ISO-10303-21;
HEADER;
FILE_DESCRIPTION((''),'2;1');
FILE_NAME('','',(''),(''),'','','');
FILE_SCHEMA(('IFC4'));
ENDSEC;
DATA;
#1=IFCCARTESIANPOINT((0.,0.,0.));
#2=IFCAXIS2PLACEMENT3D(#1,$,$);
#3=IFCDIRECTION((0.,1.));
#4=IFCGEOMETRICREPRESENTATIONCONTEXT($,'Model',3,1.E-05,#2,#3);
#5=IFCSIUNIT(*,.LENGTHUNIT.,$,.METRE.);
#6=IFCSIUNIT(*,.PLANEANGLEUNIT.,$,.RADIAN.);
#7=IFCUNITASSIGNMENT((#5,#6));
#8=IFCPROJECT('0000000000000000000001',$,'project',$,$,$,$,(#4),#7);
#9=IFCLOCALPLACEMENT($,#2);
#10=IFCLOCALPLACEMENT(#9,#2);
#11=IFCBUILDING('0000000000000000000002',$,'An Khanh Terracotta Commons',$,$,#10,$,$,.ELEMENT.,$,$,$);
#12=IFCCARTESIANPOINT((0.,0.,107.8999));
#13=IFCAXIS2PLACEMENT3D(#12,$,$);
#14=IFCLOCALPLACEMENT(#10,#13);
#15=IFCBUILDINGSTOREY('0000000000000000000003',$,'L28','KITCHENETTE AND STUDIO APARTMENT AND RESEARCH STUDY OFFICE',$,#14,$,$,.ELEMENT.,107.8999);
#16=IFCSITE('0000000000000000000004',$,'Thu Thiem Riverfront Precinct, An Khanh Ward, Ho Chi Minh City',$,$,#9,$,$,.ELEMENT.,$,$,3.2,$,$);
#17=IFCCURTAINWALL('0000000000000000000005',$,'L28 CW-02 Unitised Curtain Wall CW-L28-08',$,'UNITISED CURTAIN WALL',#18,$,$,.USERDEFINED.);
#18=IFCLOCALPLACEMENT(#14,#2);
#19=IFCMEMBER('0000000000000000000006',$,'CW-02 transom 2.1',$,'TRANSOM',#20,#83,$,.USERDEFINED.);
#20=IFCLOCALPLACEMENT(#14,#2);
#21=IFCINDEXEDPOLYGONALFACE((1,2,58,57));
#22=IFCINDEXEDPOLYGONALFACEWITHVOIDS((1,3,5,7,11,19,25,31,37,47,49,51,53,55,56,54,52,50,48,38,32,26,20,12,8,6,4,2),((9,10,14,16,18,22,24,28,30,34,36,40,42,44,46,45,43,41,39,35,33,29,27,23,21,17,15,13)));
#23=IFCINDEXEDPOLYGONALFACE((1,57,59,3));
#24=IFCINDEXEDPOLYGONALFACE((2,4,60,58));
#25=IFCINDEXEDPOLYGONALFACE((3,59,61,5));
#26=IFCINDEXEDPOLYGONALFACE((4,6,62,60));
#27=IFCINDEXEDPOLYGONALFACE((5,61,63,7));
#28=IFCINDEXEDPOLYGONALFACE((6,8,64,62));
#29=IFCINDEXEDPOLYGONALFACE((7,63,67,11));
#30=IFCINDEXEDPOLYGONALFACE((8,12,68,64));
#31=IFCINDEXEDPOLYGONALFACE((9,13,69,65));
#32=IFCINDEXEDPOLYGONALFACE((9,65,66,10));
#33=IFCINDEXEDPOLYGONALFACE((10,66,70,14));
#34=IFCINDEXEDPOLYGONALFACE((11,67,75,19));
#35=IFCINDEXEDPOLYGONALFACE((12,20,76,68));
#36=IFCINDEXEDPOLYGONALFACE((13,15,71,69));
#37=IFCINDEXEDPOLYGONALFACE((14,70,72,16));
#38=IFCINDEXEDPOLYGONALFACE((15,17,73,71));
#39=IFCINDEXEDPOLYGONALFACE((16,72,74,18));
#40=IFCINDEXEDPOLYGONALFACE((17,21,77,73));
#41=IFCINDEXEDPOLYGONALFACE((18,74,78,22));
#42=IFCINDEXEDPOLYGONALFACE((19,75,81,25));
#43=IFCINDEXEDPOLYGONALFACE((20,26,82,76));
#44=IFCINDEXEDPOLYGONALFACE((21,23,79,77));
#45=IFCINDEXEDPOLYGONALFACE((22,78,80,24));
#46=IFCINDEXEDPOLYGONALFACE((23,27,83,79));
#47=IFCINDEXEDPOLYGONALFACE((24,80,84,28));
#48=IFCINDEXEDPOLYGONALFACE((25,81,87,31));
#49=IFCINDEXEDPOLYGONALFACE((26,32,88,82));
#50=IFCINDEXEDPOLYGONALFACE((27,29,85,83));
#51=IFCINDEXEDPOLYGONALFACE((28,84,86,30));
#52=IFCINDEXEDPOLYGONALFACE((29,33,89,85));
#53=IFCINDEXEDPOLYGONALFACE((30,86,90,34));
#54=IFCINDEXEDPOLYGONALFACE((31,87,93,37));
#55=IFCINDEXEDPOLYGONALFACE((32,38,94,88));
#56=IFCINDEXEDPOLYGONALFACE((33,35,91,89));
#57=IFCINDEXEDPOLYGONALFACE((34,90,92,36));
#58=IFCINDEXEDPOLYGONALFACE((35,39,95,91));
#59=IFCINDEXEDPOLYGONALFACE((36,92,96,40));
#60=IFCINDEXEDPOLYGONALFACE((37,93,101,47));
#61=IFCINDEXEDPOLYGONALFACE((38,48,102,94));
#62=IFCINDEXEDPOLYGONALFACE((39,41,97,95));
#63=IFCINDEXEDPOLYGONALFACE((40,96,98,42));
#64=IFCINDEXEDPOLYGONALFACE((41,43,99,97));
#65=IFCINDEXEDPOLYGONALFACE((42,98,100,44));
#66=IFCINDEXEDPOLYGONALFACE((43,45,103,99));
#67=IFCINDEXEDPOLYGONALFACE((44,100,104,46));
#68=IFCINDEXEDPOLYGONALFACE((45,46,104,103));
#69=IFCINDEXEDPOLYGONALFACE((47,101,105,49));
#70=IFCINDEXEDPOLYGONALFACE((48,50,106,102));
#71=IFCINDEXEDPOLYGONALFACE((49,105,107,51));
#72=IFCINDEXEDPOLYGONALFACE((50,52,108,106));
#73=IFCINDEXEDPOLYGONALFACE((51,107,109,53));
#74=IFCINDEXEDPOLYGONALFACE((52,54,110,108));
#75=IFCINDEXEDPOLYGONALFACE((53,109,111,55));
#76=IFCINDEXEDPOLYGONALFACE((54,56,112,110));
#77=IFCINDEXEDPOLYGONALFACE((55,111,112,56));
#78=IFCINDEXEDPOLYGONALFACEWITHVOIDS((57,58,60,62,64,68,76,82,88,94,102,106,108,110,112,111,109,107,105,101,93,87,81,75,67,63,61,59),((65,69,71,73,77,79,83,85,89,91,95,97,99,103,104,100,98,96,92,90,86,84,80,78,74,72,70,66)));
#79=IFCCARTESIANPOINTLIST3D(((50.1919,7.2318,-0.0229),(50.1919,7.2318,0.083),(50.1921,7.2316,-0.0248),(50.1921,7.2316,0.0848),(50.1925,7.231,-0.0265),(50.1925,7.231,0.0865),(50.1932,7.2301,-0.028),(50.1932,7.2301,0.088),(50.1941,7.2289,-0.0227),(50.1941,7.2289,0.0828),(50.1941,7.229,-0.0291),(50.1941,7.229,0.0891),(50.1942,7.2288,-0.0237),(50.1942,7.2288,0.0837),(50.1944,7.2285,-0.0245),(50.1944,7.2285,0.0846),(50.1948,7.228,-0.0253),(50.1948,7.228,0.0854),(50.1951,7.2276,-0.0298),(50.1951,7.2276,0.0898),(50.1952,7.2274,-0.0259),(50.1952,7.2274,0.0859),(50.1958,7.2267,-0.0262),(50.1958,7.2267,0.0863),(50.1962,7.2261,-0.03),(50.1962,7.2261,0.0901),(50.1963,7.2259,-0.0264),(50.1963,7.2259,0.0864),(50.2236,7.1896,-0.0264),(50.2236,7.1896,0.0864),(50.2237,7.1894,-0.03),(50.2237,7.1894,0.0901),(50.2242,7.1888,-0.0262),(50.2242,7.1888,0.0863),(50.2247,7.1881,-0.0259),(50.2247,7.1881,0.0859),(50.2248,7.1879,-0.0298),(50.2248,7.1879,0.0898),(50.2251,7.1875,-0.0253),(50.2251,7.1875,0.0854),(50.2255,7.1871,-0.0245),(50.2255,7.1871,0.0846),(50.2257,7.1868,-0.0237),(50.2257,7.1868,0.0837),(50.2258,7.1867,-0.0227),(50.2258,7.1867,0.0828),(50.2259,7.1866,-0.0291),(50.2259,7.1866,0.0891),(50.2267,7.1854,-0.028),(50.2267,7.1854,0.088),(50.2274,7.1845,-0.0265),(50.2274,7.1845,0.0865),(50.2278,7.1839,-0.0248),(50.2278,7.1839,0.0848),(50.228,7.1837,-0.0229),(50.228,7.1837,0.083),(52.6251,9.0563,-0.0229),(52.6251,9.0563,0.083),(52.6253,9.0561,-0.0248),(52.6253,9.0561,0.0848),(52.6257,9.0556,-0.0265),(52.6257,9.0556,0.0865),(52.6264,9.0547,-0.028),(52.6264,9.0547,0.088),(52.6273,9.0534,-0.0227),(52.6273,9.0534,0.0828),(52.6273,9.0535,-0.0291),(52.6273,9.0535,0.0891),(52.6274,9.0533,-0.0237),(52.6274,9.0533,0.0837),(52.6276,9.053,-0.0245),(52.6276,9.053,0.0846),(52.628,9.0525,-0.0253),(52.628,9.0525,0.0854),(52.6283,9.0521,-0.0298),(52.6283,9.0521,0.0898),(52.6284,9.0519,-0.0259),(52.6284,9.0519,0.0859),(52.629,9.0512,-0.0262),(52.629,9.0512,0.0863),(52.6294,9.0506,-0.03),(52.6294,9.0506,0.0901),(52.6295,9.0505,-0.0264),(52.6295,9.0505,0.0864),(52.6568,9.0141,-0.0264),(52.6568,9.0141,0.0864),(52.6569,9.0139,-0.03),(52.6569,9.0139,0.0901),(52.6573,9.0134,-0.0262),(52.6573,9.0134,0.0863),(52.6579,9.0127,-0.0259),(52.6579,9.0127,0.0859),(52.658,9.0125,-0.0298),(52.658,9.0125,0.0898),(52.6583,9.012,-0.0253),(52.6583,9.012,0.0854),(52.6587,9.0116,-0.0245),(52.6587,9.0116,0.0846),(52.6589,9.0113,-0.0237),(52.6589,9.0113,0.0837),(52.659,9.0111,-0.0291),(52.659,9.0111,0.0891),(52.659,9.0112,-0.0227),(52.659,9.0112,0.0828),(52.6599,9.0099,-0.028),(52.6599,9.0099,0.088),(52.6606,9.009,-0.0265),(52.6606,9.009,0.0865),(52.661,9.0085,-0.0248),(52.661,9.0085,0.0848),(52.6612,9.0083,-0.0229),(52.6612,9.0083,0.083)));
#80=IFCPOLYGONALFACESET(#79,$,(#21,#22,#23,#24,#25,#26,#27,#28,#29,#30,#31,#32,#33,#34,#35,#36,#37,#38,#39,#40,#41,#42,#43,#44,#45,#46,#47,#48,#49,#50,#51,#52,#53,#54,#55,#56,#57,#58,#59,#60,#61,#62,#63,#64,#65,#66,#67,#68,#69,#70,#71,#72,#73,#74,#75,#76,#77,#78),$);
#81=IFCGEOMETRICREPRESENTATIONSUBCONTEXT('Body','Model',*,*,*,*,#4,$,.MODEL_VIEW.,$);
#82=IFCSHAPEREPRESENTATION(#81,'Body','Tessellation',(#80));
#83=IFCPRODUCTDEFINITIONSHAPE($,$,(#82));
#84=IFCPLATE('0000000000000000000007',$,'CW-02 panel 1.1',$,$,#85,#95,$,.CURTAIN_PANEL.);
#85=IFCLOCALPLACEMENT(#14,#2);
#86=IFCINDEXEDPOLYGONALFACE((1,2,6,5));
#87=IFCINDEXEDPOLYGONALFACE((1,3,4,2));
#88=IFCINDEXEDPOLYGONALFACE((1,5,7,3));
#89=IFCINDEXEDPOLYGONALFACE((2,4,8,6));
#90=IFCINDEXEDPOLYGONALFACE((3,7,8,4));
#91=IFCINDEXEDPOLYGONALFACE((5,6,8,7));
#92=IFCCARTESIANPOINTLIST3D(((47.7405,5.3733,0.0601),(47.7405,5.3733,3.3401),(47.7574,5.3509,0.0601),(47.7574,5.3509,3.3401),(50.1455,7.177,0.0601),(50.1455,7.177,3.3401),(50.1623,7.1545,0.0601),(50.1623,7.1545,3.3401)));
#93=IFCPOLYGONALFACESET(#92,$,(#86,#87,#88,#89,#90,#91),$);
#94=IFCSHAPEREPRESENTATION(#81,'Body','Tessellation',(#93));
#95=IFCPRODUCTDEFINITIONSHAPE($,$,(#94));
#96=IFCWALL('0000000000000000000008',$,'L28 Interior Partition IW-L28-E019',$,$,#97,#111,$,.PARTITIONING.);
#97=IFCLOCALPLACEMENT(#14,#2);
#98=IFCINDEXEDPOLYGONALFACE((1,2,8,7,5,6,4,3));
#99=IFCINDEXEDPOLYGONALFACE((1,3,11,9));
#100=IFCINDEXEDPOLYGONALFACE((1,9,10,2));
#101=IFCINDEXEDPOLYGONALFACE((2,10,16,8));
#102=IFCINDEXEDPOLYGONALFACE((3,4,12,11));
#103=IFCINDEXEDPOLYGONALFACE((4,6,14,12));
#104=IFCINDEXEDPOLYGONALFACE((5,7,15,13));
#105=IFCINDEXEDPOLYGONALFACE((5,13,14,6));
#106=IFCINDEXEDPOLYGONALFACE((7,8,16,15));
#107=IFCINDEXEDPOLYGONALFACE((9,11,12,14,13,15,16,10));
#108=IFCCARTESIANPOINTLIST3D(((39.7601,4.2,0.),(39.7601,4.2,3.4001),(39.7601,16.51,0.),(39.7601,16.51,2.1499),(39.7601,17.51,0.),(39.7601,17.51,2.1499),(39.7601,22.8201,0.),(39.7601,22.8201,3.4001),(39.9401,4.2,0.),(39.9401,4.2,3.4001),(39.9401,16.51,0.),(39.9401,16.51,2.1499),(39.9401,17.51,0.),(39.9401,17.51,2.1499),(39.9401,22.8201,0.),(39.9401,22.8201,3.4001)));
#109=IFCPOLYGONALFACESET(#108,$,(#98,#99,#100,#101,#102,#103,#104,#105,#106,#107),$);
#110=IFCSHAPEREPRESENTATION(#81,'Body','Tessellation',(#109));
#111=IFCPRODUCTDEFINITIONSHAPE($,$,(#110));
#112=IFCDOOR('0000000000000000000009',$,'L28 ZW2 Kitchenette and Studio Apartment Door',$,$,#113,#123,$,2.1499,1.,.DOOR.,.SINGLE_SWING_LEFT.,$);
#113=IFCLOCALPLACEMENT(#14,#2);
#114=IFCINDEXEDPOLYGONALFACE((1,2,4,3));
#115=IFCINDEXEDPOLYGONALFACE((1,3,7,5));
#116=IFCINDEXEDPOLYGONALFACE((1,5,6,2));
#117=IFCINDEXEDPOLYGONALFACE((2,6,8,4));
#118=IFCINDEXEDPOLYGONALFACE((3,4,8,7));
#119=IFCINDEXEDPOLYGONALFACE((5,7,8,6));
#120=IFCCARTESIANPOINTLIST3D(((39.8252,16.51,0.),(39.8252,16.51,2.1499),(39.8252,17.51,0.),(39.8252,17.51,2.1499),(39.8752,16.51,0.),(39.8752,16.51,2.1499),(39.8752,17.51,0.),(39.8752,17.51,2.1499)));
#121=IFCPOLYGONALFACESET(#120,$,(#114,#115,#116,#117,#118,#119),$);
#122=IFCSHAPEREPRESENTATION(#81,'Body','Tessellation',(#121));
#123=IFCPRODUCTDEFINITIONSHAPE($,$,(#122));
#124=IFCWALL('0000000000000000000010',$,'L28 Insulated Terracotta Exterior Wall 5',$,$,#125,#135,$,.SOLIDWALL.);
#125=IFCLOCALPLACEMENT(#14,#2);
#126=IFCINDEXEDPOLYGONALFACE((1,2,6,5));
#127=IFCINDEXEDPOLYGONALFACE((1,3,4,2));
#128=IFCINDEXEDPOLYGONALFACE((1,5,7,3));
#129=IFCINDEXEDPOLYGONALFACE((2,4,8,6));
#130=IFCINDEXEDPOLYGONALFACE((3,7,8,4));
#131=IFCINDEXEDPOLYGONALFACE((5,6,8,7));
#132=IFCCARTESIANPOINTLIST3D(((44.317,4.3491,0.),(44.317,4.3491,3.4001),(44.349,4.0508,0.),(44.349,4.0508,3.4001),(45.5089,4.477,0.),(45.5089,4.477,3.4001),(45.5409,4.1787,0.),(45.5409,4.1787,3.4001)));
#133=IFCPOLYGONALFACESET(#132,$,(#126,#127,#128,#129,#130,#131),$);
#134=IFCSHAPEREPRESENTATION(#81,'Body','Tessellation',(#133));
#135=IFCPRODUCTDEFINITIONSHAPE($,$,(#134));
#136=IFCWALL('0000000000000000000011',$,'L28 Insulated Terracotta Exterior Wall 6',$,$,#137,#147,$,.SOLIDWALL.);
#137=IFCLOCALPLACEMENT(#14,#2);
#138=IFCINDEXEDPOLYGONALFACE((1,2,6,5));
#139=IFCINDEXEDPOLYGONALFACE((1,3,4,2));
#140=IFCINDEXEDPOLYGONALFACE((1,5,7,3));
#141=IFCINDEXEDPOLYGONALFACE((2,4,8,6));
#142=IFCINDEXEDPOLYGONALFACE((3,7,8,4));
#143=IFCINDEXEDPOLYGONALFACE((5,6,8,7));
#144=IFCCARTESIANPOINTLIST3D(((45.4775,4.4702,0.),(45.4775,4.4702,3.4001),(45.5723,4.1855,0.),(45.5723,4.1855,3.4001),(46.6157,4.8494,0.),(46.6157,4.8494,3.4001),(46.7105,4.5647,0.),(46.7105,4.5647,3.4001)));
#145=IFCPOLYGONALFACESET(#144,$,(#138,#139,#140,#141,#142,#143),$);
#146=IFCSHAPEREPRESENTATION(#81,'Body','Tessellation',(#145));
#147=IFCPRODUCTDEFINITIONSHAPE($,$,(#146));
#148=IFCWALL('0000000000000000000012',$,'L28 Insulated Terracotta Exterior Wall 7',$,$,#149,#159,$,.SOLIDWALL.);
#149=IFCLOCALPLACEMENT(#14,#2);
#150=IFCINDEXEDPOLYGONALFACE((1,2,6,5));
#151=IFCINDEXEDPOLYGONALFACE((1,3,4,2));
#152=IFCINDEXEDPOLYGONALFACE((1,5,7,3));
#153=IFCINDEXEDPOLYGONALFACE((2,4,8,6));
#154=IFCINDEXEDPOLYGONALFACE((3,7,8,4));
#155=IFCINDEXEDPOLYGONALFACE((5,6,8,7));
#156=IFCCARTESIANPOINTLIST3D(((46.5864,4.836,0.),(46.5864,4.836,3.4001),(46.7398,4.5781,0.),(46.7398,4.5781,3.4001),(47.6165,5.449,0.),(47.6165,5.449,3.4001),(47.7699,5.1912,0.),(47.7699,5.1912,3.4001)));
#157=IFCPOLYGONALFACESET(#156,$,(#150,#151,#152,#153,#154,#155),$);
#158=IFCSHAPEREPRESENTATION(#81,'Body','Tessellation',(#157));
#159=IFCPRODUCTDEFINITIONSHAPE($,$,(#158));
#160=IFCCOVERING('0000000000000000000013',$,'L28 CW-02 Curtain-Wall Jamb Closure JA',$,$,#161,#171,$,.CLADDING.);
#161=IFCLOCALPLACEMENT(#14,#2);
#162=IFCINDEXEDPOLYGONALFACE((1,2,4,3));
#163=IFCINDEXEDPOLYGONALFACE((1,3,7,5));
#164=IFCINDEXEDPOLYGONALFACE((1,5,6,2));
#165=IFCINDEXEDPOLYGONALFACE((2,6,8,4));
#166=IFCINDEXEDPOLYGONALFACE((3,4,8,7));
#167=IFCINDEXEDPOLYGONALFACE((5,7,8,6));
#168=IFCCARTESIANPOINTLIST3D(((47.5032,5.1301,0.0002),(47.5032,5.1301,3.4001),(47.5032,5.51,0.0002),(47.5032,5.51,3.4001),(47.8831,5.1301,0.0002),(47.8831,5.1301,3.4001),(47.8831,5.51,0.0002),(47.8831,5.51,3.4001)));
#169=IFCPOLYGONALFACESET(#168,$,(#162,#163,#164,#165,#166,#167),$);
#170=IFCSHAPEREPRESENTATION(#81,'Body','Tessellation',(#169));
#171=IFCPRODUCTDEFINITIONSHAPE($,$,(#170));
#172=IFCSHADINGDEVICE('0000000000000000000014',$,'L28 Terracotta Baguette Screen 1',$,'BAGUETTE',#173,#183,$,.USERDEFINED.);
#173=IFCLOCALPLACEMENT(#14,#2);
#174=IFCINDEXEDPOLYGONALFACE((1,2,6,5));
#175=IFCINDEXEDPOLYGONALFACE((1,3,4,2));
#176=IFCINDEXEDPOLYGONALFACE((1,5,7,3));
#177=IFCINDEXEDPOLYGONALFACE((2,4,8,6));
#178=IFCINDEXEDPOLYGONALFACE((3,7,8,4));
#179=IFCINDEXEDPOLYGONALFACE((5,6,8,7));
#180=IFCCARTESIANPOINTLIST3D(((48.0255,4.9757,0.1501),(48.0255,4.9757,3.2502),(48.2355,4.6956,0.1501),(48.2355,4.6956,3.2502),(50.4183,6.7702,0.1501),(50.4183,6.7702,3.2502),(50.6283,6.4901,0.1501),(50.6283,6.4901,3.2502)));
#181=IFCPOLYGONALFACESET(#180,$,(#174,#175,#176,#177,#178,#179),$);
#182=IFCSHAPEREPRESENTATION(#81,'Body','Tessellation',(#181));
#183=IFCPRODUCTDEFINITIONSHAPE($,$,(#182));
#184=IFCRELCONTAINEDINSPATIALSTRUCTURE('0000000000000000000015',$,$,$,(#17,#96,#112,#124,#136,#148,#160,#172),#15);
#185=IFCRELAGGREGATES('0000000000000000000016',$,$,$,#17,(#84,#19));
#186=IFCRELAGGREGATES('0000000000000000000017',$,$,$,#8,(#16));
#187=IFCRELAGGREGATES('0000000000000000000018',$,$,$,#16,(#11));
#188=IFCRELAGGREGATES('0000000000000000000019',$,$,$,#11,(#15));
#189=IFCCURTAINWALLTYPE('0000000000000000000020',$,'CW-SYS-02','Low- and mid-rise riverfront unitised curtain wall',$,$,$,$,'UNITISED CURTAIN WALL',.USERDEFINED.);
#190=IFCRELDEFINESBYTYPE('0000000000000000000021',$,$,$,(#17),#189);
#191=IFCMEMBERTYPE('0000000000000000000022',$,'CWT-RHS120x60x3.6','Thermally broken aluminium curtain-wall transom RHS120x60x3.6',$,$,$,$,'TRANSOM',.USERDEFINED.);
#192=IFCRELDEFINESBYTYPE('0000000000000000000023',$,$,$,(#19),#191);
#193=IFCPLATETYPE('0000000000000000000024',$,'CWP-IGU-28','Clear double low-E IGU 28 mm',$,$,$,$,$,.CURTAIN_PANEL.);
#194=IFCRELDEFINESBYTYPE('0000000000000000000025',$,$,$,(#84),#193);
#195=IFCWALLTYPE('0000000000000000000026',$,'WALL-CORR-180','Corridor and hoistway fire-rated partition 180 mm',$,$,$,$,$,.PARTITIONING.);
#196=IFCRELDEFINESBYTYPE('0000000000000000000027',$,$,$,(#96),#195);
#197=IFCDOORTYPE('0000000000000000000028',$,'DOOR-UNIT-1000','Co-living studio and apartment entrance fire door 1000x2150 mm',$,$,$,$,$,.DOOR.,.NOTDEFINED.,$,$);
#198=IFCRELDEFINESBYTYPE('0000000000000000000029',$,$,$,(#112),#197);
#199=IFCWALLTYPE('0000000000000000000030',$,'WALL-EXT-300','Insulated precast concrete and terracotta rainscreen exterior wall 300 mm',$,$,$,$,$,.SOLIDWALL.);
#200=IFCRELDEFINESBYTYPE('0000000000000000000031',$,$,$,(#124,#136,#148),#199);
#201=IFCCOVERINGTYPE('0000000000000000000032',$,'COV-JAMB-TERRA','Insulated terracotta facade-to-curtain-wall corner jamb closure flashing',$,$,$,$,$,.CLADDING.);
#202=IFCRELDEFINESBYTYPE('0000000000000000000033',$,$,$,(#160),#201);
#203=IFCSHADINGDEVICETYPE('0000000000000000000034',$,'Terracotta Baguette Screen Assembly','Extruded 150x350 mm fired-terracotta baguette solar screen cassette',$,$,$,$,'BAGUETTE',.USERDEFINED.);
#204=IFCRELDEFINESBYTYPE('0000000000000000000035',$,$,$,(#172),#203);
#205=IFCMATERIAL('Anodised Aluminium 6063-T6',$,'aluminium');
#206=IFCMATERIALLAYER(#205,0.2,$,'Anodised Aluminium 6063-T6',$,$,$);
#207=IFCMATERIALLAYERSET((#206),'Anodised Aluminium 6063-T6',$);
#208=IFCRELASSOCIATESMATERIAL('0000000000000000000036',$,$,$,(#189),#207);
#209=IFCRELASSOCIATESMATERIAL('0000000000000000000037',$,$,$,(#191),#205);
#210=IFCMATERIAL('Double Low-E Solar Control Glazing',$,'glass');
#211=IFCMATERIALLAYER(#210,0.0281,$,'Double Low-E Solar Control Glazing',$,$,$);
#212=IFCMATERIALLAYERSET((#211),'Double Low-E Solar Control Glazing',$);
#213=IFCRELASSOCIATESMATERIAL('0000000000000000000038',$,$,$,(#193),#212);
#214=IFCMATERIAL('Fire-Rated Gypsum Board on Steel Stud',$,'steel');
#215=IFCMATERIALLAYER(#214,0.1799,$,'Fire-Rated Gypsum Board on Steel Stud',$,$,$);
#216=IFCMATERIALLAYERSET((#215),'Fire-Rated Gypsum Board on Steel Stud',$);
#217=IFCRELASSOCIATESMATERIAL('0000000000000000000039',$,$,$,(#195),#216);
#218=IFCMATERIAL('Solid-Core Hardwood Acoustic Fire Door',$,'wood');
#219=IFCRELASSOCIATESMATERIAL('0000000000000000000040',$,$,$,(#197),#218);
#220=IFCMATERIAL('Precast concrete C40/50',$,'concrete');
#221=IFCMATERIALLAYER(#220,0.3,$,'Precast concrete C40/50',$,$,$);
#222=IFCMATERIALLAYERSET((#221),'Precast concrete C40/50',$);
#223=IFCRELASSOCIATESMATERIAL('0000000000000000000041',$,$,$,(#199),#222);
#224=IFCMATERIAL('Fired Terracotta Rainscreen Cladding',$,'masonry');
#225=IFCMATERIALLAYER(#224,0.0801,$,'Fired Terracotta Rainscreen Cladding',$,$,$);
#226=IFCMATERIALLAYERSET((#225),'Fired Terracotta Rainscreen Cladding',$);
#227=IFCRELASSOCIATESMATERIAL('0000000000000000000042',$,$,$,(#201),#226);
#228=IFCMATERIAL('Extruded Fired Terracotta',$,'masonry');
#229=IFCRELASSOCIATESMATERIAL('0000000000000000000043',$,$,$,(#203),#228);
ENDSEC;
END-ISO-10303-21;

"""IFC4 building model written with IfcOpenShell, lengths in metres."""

from ifc_helpers import new_model, si_unit, direction, frame, frame_2d, origin, origin_2d, place, context, subcontext, project, spatial, rectangle, hollow_rectangle, extrude, material, layer, layer_set, material_profile, profile_set, type_object, element, fill, aggregate, save


model = new_model("IFC4")

# Units and contexts
model_context = context("Model", 3, precision=1e-05, world=origin(), true_north=direction((0.0, 1.0)))
body_context = subcontext(model_context, "Body", "Model", "MODEL_VIEW")
ifc_project = project(units=[si_unit("LENGTHUNIT", "METRE"), si_unit("PLANEANGLEUNIT", "RADIAN")], contexts=[model_context])

# Site, building, storey
site_placement = place(None, origin())
site = spatial("IfcSite", under=ifc_project, at=site_placement, Name="Thu Thiem Riverfront Precinct, An Khanh Ward, Ho Chi Minh City", CompositionType="ELEMENT", RefElevation=3.2)
building_placement = place(site_placement, origin())
building = spatial("IfcBuilding", under=site, at=building_placement, Name="An Khanh Terracotta Commons", CompositionType="ELEMENT")
storey_placement = place(building_placement, frame((0.0, 0.0, 107.8999)))
storey = spatial("IfcBuildingStorey", under=building, at=storey_placement, Name="L28", Description="KITCHENETTE AND STUDIO APARTMENT AND RESEARCH STUDY OFFICE", CompositionType="ELEMENT", Elevation=107.8999)

# Curtain wall, member, plate
ifc_material_1 = material(Name="Anodised Aluminium 6063-T6", Category="aluminium")
ifc_layer_1 = layer(ifc_material_1, 0.2, Name="Anodised Aluminium 6063-T6")
ifc_layer_set_1 = layer_set([ifc_layer_1], Name="Anodised Aluminium 6063-T6")
curtain_wall_type = type_object("IfcCurtainWallType", Name="CW-SYS-02", Description="Low- and mid-rise riverfront unitised curtain wall", ElementType="UNITISED CURTAIN WALL", PredefinedType="USERDEFINED", material=ifc_layer_set_1)
curtain_wall_placement = place(storey_placement, origin())
curtain_wall = element("IfcCurtainWall", 1, at=curtain_wall_placement, inside=storey, type_object=curtain_wall_type, Name="L28 CW-02 Unitised Curtain Wall CW-L28-08", ObjectType="UNITISED CURTAIN WALL", PredefinedType="USERDEFINED")
ifc_material_profile_1 = material_profile(ifc_material_1, hollow_rectangle(XDim=0.0601, YDim=0.1201, WallThickness=0.0037, InnerFilletRadius=0.0037, OuterFilletRadius=0.0071, at=origin_2d()), Name="RHS120x60x3.6")
ifc_profile_set_1 = profile_set([ifc_material_profile_1], Name="Anodised Aluminium 6063-T6")
member_type_1 = type_object("IfcMemberType", Name="CWT-RHS120x60x3.6", Description="Thermally broken aluminium curtain-wall transom RHS120x60x3.6", ElementType="TRANSOM", PredefinedType="USERDEFINED", material=ifc_profile_set_1)
member_1_placement = place(storey_placement, frame((50.21, 7.2078, 0.03), z_axis=(0.800058, 0.599923, 0.0), x_axis=(-0.599923, 0.800058, 0.0)))
member_1 = element("IfcMember", 2, at=member_1_placement, type_object=member_type_1, Name="CW-02 transom 2.1", ObjectType="TRANSOM", PredefinedType="USERDEFINED", context=body_context, shape_type="SweptSolid", body=[
    extrude(hollow_rectangle(XDim=0.0601, YDim=0.1201, WallThickness=0.0037, InnerFilletRadius=0.0037, OuterFilletRadius=0.0071, at=origin_2d()), origin(), (0.0, 0.0, 1.0), 3.0413),
])
ifc_material_2 = material(Name="Double Low-E Solar Control Glazing", Category="glass")
ifc_layer_2 = layer(ifc_material_2, 0.0281, Name="Double Low-E Solar Control Glazing")
ifc_layer_set_2 = layer_set([ifc_layer_2], Name="Double Low-E Solar Control Glazing")
plate_type = type_object("IfcPlateType", Name="CWP-IGU-28", Description="Clear double low-E IGU 28 mm", PredefinedType="CURTAIN_PANEL", material=ifc_layer_set_2)
plate_placement = place(storey_placement, frame((48.9514, 6.2639, 0.0601), z_axis=(0.0, 0.0, 1.0), x_axis=(0.800013, 0.599983, 0.0)))
plate = element("IfcPlate", 3, at=plate_placement, type_object=plate_type, Name="CW-02 panel 1.1", PredefinedType="CURTAIN_PANEL", context=body_context, shape_type="SweptSolid", body=[
    extrude(rectangle(XDim=3.0061, YDim=0.0281, at=origin_2d()), origin(), (0.0, 0.0, 1.0), 3.28),
])
aggregate(curtain_wall, [plate, member_1])

# Wall, opening, door
ifc_material_3 = material(Name="Fire-Rated Gypsum Board on Steel Stud", Category="steel")
ifc_layer_3 = layer(ifc_material_3, 0.1799, Name="Fire-Rated Gypsum Board on Steel Stud")
ifc_layer_set_3 = layer_set([ifc_layer_3], Name="Fire-Rated Gypsum Board on Steel Stud")
wall_type_1 = type_object("IfcWallType", Name="WALL-CORR-180", Description="Corridor and hoistway fire-rated partition 180 mm", PredefinedType="PARTITIONING", material=ifc_layer_set_3)
wall_1_placement = place(storey_placement, frame((39.8501, 4.2, 0.0), z_axis=(0.0, 0.0, 1.0), x_axis=(0.0, 1.0, 0.0)))
wall_1 = element("IfcWall", 4, at=wall_1_placement, inside=storey, type_object=wall_type_1, Name="L28 Interior Partition IW-L28-E019", PredefinedType="PARTITIONING", context=body_context, shape_type="SweptSolid", body=[
    extrude(rectangle(XDim=18.6201, YDim=0.1799, at=frame_2d((9.3101, 0.0))), origin(), (0.0, 0.0, 1.0), 3.4001),
])
opening_placement = place(wall_1_placement, frame((12.3101, 0.0, 0.0)))
opening = element("IfcOpeningElement", 5, at=opening_placement, cuts=wall_1, PredefinedType="OPENING", context=body_context, shape_type="SweptSolid", body=[
    extrude(rectangle(XDim=1.0, YDim=2.1499, at=frame_2d((0.5, 1.075))), frame((0.0, 0.0999, 0.0), z_axis=(0.0, -1.0, 0.0), x_axis=(1.0, 0.0, 0.0)), (0.0, 0.0, 1.0), 0.2),
])
ifc_material_4 = material(Name="Solid-Core Hardwood Acoustic Fire Door", Category="wood")
door_type = type_object("IfcDoorType", Name="DOOR-UNIT-1000", Description="Co-living studio and apartment entrance fire door 1000x2150 mm", OperationType="NOTDEFINED", PredefinedType="DOOR", material=ifc_material_4)
door_placement = place(opening_placement, origin())
door = element("IfcDoor", 6, at=door_placement, inside=storey, type_object=door_type, Name="L28 ZW2 Kitchenette and Studio Apartment Door", OperationType="SINGLE_SWING_LEFT", OverallHeight=2.1499, OverallWidth=1.0, PredefinedType="DOOR", context=body_context, shape_type="SweptSolid", body=[
    extrude(rectangle(XDim=1.0, YDim=2.1499, at=frame_2d((0.5, 1.075))), frame((0.0, 0.0249, 0.0), z_axis=(0.0, -1.0, 0.0), x_axis=(1.0, 0.0, 0.0)), (0.0, 0.0, 1.0), 0.05),
])
fill(opening, door)

# Walls
ifc_material_5 = material(Name="Precast concrete C40/50", Category="concrete")
ifc_layer_4 = layer(ifc_material_5, 0.3, Name="Precast concrete C40/50")
ifc_layer_set_4 = layer_set([ifc_layer_4], Name="Precast concrete C40/50")
wall_type_2 = type_object("IfcWallType", Name="WALL-EXT-300", Description="Insulated precast concrete and terracotta rainscreen exterior wall 300 mm", PredefinedType="SOLIDWALL", material=ifc_layer_set_4)
wall_2_placement = place(storey_placement, frame((44.333, 4.2, 0.0), z_axis=(0.0, 0.0, 1.0), x_axis=(0.994289, 0.10672, 0.0)))
element("IfcWall", 7, at=wall_2_placement, inside=storey, type_object=wall_type_2, Name="L28 Insulated Terracotta Exterior Wall 5", PredefinedType="SOLIDWALL", context=body_context, shape_type="SweptSolid", body=[
    extrude(rectangle(XDim=1.1987, YDim=0.3, at=frame_2d((0.5994, 0.0))), origin(), (0.0, 0.0, 1.0), 3.4001),
])
wall_3_placement = place(storey_placement, frame((45.5249, 4.3279, 0.0), z_axis=(0.0, 0.0, 1.0), x_axis=(0.948744, 0.316045, 0.0)))
element("IfcWall", 8, at=wall_3_placement, inside=storey, type_object=wall_type_2, Name="L28 Insulated Terracotta Exterior Wall 6", PredefinedType="SOLIDWALL", context=body_context, shape_type="SweptSolid", body=[
    extrude(rectangle(XDim=1.1997, YDim=0.3, at=frame_2d((0.5999, 0.0))), origin(), (0.0, 0.0, 1.0), 3.4001),
])
wall_4_placement = place(storey_placement, frame((46.6631, 4.707, 0.0), z_axis=(0.0, 0.0, 1.0), x_axis=(0.859321, 0.511437, 0.0)))
element("IfcWall", 9, at=wall_4_placement, inside=storey, type_object=wall_type_2, Name="L28 Insulated Terracotta Exterior Wall 7", PredefinedType="SOLIDWALL", context=body_context, shape_type="SweptSolid", body=[
    extrude(rectangle(XDim=1.1987, YDim=0.3, at=frame_2d((0.5994, 0.0))), origin(), (0.0, 0.0, 1.0), 3.4001),
])

# Covering
ifc_material_6 = material(Name="Fired Terracotta Rainscreen Cladding", Category="masonry")
ifc_layer_5 = layer(ifc_material_6, 0.0801, Name="Fired Terracotta Rainscreen Cladding")
ifc_layer_set_5 = layer_set([ifc_layer_5], Name="Fired Terracotta Rainscreen Cladding")
covering_type = type_object("IfcCoveringType", Name="COV-JAMB-TERRA", Description="Insulated terracotta facade-to-curtain-wall corner jamb closure flashing", PredefinedType="CLADDING", material=ifc_layer_set_5)
covering_placement = place(storey_placement, frame((47.6931, 5.3201, 0.0002), z_axis=(0.0, 0.0, 1.0), x_axis=(1.0, 0.0, 0.0)))
element("IfcCovering", 10, at=covering_placement, inside=storey, type_object=covering_type, Name="L28 CW-02 Curtain-Wall Jamb Closure JA", PredefinedType="CLADDING", context=body_context, shape_type="SweptSolid", body=[
    extrude(rectangle(XDim=0.3799, YDim=0.3799, at=origin_2d()), origin(), (0.0, 0.0, 1.0), 3.3999),
])

# Shading device
ifc_material_7 = material(Name="Extruded Fired Terracotta", Category="masonry")
shading_device_type = type_object("IfcShadingDeviceType", Name="Terracotta Baguette Screen Assembly", Description="Extruded 150x350 mm fired-terracotta baguette solar screen cassette", ElementType="BAGUETTE", PredefinedType="USERDEFINED", material=ifc_material_7)
shading_device_placement = place(storey_placement, frame((49.3269, 5.7329, 0.1501), z_axis=(0.0, 0.0, 1.0), x_axis=(0.800013, 0.599983, 0.0)))
element("IfcShadingDevice", 11, at=shading_device_placement, inside=storey, type_object=shading_device_type, Name="L28 Terracotta Baguette Screen 1", ObjectType="BAGUETTE", PredefinedType="USERDEFINED", context=body_context, shape_type="SweptSolid", body=[
    extrude(rectangle(XDim=2.991, YDim=0.3501, at=origin_2d()), origin(), (0.0, 0.0, 1.0), 3.1001),
])

save(model, "model.ifc")
